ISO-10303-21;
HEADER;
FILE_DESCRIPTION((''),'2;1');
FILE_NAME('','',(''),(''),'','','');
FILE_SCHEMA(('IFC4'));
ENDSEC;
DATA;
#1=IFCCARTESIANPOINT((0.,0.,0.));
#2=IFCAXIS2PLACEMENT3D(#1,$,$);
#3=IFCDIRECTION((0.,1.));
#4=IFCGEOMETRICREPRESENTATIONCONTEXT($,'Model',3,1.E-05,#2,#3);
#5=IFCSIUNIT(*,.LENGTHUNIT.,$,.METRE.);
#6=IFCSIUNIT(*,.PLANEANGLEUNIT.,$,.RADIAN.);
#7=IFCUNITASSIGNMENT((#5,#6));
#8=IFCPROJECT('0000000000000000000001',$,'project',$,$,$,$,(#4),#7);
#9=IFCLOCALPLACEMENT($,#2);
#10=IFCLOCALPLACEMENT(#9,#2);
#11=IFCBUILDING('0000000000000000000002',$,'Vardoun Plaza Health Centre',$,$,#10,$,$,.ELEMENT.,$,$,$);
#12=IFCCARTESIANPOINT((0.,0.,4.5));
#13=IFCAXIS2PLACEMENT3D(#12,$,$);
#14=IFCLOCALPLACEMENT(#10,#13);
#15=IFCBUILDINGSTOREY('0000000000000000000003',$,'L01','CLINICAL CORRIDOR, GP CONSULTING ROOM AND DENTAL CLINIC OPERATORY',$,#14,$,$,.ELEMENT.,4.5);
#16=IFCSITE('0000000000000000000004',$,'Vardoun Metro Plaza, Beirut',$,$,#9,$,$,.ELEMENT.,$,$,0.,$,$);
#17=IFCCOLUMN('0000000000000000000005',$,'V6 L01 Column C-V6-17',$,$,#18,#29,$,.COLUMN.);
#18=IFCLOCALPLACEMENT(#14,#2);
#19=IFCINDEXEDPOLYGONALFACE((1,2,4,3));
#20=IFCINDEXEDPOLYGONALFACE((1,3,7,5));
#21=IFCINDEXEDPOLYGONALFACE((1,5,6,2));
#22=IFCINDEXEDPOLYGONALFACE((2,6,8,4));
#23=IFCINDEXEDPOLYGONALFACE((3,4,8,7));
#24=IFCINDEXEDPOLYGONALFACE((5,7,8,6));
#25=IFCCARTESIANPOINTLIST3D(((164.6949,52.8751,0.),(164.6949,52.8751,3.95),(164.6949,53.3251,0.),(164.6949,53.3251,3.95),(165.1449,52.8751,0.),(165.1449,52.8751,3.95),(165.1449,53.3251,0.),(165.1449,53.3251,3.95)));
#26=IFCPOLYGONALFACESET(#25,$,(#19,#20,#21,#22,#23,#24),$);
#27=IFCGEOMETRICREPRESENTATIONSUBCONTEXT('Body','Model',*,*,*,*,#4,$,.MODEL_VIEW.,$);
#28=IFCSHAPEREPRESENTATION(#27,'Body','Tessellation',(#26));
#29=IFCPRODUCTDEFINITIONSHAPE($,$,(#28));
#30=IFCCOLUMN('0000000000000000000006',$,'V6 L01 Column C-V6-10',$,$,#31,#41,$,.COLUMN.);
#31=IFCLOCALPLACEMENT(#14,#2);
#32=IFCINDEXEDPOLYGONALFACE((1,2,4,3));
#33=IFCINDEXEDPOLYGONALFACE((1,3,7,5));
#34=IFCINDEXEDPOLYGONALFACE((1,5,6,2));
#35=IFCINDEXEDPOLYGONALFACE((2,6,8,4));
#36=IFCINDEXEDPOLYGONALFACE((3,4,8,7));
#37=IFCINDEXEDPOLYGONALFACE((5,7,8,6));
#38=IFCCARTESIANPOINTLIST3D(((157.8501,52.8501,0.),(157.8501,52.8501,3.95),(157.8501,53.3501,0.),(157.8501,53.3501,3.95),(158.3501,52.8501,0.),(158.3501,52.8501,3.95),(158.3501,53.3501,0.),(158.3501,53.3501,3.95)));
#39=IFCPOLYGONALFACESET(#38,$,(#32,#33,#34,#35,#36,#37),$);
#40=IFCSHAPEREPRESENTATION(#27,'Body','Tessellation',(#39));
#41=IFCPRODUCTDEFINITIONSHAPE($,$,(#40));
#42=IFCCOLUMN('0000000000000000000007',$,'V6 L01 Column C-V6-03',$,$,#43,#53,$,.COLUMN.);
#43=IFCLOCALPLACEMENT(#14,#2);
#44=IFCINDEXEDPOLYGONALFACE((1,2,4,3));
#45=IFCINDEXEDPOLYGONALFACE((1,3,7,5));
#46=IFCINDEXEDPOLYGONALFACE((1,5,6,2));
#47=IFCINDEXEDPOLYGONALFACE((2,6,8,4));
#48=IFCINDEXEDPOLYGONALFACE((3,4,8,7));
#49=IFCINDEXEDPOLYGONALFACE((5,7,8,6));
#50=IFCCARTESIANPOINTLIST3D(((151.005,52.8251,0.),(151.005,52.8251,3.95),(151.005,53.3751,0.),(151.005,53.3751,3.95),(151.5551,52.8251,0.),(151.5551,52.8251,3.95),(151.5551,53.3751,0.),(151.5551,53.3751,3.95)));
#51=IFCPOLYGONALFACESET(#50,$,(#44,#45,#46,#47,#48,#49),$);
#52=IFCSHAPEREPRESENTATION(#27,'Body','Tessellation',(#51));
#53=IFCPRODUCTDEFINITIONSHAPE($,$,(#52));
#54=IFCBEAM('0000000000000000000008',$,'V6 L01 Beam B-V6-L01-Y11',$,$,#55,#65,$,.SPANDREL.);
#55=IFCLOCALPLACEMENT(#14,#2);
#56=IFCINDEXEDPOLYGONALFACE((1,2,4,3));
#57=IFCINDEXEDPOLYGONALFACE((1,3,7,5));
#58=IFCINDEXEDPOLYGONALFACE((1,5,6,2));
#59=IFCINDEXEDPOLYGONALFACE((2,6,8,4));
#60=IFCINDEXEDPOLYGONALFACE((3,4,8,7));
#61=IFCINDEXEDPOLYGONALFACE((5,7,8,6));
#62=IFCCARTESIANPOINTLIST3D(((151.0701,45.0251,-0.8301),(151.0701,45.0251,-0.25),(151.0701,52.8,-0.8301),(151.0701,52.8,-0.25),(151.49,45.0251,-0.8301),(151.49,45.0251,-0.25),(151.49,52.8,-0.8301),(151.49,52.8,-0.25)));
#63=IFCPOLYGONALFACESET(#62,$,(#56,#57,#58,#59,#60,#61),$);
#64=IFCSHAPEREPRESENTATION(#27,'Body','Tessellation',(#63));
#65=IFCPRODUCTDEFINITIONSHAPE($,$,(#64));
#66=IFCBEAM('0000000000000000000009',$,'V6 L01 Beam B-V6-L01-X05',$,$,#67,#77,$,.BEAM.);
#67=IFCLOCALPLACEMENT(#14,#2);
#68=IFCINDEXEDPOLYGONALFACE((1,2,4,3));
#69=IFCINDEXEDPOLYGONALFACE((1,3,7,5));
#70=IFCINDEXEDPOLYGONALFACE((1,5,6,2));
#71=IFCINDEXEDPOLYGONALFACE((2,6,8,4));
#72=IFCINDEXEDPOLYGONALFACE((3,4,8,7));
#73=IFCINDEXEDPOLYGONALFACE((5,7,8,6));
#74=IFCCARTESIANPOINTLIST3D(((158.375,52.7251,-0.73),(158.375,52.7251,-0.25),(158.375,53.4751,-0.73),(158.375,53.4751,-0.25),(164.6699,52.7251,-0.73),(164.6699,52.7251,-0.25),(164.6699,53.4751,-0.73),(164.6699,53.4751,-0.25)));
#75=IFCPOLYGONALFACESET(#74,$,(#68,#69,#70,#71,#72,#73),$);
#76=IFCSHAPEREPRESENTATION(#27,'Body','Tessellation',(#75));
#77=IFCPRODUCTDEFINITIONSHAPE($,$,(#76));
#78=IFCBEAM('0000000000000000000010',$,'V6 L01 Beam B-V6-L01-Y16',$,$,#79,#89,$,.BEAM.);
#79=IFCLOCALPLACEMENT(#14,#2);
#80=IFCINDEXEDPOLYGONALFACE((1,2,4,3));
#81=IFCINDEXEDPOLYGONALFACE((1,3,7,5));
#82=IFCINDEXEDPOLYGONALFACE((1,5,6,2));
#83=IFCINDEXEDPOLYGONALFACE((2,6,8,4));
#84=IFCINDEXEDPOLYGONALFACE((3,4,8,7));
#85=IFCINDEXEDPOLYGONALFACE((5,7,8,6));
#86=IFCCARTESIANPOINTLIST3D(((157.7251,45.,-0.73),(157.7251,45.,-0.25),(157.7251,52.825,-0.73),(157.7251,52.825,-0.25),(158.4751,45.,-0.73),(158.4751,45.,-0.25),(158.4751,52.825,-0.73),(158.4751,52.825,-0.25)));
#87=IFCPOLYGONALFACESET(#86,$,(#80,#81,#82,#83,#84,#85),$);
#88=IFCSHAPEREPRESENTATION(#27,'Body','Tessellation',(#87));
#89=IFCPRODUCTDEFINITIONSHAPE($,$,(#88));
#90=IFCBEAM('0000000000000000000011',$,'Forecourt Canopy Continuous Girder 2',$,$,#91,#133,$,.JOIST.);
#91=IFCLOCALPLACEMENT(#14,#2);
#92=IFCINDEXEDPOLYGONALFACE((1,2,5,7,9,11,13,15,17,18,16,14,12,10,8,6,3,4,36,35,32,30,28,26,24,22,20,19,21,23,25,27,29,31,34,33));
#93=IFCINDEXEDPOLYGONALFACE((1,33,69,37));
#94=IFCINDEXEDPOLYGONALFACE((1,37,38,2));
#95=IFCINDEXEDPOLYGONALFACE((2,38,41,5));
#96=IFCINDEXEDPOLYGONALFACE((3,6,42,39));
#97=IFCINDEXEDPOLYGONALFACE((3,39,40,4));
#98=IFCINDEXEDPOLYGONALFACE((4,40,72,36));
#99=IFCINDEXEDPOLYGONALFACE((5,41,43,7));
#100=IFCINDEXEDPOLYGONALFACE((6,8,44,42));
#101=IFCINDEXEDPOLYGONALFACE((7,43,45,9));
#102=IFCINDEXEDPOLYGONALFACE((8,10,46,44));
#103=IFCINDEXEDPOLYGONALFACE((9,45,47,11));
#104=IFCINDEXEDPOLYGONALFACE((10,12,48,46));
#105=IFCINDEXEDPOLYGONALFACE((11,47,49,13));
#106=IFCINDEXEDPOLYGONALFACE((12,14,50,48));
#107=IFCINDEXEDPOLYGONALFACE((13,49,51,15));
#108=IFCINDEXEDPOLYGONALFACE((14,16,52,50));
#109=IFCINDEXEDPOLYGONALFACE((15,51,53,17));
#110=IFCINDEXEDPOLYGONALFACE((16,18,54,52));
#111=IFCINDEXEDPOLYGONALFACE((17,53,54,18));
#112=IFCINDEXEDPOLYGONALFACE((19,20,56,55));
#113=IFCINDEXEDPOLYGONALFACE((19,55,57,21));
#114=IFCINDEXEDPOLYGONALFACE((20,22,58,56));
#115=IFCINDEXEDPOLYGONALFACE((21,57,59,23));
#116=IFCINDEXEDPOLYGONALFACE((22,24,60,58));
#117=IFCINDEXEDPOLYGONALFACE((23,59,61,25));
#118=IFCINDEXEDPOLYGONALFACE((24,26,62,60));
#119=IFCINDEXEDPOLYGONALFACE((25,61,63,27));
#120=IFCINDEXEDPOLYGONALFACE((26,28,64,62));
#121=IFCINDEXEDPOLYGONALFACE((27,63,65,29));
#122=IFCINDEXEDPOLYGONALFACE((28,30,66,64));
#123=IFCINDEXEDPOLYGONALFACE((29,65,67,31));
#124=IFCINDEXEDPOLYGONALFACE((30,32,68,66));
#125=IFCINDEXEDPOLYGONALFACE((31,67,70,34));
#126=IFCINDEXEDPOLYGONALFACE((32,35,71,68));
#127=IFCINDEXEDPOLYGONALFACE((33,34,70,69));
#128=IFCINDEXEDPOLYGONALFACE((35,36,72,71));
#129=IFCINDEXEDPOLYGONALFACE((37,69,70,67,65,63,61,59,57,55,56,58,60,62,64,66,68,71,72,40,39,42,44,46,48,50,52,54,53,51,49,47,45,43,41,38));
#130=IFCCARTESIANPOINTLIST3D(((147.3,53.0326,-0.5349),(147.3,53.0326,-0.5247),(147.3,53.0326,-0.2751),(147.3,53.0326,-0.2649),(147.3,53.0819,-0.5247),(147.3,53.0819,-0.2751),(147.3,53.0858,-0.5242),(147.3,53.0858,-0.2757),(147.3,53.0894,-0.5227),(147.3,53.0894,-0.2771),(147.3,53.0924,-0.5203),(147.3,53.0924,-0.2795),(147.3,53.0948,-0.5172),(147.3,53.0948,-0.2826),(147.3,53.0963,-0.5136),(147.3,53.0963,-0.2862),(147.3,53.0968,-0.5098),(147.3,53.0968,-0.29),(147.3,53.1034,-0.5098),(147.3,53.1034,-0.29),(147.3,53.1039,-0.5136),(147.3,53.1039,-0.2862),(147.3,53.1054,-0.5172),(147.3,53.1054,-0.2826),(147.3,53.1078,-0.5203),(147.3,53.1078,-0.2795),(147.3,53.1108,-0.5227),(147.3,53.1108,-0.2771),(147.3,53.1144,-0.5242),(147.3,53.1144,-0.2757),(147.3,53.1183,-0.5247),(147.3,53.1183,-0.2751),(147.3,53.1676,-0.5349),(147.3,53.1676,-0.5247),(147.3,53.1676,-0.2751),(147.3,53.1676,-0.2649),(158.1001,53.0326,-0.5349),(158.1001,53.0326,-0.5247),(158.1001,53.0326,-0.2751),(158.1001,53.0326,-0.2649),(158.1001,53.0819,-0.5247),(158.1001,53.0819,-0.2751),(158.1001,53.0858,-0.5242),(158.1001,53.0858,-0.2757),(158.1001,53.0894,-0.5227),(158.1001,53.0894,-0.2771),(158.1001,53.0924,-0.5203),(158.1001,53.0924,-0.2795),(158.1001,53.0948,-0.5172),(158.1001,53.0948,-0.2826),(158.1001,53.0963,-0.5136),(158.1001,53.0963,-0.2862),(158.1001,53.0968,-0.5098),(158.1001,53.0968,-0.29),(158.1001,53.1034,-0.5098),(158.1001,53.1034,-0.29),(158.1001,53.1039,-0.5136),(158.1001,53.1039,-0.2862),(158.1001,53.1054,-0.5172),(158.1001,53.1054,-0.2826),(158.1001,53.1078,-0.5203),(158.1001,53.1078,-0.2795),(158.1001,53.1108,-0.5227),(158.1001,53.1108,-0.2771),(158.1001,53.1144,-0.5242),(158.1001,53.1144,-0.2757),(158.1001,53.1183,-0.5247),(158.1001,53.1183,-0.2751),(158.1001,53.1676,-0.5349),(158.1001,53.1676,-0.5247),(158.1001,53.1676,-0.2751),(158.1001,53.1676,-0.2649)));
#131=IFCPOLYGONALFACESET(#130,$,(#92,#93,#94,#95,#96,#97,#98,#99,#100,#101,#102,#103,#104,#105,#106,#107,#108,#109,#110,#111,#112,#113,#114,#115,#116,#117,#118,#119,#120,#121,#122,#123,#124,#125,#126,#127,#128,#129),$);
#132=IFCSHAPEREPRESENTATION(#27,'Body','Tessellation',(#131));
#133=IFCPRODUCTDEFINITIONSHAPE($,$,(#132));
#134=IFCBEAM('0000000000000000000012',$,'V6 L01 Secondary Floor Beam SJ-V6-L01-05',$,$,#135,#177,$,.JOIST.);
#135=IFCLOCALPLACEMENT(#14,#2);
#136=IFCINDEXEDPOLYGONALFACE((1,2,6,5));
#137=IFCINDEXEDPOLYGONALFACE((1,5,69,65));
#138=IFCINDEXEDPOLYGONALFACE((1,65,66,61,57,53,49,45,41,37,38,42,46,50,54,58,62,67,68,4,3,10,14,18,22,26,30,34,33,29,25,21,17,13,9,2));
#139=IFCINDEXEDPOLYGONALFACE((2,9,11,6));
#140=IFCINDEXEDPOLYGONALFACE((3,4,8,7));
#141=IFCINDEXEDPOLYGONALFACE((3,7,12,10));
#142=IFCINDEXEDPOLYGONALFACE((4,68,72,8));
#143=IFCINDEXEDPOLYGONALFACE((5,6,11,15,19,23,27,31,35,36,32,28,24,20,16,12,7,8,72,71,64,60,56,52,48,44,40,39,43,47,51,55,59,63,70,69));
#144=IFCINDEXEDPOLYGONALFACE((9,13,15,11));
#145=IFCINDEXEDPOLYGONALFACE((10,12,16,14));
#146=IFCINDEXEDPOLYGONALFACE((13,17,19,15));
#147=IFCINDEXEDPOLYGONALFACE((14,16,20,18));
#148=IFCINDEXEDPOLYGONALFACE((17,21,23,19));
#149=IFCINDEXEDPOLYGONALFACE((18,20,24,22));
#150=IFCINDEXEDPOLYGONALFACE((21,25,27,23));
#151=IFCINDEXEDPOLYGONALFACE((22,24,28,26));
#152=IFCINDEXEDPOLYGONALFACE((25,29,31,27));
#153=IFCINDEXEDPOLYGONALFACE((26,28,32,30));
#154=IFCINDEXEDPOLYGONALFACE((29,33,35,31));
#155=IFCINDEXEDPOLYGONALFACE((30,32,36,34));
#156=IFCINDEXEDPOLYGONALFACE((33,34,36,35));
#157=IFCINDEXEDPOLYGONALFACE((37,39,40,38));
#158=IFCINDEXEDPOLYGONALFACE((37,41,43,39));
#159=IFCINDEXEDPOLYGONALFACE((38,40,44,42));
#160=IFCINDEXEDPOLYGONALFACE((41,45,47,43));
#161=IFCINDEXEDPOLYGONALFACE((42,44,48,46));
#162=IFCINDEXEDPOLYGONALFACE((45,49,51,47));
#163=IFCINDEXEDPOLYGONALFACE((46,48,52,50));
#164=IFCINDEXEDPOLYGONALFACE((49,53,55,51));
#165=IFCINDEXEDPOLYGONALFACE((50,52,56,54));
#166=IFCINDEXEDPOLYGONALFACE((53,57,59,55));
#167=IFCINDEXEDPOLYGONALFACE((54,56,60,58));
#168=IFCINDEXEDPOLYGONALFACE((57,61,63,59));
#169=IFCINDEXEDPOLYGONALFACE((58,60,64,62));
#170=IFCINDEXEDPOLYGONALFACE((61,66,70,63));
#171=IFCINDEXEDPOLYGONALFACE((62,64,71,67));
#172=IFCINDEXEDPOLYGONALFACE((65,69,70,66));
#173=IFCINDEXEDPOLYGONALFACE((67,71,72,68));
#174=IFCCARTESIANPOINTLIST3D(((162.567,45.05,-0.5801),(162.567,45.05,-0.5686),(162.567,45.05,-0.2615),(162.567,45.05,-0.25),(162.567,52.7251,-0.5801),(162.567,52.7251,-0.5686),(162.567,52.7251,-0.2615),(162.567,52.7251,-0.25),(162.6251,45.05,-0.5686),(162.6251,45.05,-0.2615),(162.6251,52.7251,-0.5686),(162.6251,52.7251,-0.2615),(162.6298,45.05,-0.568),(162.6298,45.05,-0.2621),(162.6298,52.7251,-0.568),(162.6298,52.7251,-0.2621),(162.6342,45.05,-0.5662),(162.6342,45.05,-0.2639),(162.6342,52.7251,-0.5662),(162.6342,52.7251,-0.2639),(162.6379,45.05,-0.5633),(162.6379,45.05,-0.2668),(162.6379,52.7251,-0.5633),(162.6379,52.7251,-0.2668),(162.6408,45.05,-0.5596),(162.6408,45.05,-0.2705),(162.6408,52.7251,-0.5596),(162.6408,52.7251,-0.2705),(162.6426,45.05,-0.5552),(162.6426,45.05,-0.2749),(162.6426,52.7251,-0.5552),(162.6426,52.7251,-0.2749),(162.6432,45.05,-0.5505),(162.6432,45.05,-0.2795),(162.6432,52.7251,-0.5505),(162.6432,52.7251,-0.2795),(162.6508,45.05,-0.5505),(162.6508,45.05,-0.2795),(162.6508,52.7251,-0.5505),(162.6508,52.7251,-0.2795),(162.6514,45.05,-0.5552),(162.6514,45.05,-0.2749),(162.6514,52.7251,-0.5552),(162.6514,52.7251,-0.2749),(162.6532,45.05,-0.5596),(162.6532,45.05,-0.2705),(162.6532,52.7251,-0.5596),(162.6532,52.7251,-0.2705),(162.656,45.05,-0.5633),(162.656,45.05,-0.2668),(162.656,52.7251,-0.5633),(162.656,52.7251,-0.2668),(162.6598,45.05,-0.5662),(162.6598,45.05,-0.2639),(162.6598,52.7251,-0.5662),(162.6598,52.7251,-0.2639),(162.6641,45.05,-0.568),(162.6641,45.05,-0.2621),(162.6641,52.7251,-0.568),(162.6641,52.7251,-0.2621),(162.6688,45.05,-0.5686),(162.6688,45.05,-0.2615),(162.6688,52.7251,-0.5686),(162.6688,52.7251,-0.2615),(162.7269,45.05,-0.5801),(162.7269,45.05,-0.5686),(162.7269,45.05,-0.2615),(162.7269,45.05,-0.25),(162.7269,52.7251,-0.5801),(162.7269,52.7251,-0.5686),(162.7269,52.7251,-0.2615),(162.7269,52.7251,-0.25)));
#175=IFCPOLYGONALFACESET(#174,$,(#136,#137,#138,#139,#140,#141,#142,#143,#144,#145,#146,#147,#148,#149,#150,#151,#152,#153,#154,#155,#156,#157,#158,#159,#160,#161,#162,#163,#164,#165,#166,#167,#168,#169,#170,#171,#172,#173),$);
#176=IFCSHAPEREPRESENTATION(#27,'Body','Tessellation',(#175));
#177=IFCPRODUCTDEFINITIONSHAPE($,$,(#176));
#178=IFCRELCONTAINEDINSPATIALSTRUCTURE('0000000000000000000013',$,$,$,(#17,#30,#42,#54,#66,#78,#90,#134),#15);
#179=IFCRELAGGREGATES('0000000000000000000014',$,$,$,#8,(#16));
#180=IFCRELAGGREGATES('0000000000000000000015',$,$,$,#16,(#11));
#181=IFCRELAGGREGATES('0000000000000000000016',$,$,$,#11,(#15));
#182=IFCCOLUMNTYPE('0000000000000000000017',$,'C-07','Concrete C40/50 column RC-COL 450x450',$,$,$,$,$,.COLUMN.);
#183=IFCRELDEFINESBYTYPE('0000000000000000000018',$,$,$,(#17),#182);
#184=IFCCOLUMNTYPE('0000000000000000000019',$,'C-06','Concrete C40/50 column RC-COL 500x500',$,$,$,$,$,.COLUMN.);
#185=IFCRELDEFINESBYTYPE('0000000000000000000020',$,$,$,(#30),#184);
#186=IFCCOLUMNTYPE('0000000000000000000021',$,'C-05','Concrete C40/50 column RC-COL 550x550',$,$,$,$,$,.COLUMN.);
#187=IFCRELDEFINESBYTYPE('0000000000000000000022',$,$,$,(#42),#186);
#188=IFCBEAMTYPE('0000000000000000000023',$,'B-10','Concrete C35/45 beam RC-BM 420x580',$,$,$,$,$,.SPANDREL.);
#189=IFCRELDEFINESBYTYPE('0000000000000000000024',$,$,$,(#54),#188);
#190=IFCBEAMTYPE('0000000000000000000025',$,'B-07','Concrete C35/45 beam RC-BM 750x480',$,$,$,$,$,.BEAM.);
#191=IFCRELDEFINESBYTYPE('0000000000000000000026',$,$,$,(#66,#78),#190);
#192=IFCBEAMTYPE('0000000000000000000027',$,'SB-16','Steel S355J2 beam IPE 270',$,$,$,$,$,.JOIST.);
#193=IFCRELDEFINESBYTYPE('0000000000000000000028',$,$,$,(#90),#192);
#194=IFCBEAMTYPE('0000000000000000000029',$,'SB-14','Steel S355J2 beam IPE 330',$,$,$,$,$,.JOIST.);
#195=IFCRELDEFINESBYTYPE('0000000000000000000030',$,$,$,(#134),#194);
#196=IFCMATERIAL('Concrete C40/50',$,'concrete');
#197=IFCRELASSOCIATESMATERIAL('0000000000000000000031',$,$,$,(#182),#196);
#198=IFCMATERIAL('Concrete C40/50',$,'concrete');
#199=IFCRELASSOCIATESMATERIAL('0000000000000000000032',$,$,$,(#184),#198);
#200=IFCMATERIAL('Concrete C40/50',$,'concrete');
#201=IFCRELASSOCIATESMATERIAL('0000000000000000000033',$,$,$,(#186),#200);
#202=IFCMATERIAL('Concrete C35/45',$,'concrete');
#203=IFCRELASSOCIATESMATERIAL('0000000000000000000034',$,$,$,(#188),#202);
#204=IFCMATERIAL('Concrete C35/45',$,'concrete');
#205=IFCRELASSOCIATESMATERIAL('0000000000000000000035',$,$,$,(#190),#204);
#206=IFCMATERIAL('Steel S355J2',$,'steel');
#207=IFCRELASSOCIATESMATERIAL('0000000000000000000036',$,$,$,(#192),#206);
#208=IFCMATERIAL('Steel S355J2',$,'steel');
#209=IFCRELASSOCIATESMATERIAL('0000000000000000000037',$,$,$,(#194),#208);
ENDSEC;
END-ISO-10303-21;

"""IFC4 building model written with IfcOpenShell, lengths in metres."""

from ifc_helpers import new_model, si_unit, direction, frame, origin, origin_2d, place, context, subcontext, project, spatial, rectangle, i_section, extrude, material, material_profile, profile_set, type_object, element, save


model = new_model("IFC4")

# Units and contexts
model_context = context("Model", 3, precision=1e-05, world=origin(), true_north=direction((0.0, 1.0)))
body_context = subcontext(model_context, "Body", "Model", "MODEL_VIEW")
ifc_project = project(units=[si_unit("LENGTHUNIT", "METRE"), si_unit("PLANEANGLEUNIT", "RADIAN")], contexts=[model_context])

# Site, building, storey
site_placement = place(None, origin())
site = spatial("IfcSite", under=ifc_project, at=site_placement, Name="Vardoun Metro Plaza, Beirut", CompositionType="ELEMENT", RefElevation=0.0)
building_placement = place(site_placement, origin())
building = spatial("IfcBuilding", under=site, at=building_placement, Name="Vardoun Plaza Health Centre", CompositionType="ELEMENT")
storey_placement = place(building_placement, frame((0.0, 0.0, 4.5)))
storey = spatial("IfcBuildingStorey", under=building, at=storey_placement, Name="L01", Description="CLINICAL CORRIDOR, GP CONSULTING ROOM AND DENTAL CLINIC OPERATORY", CompositionType="ELEMENT", Elevation=4.5)

# Columns
ifc_material_1 = material(Name="Concrete C40/50", Category="concrete")
ifc_material_profile_1 = material_profile(ifc_material_1, rectangle(XDim=0.45, YDim=0.45, at=origin_2d()), Name="RC-COL 450x450")
ifc_profile_set_1 = profile_set([ifc_material_profile_1], Name="Concrete C40/50")
column_type_1 = type_object("IfcColumnType", Name="C-07", Description="Concrete C40/50 column RC-COL 450x450", PredefinedType="COLUMN", material=ifc_profile_set_1)
column_1_placement = place(storey_placement, frame((164.9199, 53.1001, 0.0), z_axis=(0.0, 0.0, 1.0), x_axis=(1.0, 0.0, 0.0)))
element("IfcColumn", 1, at=column_1_placement, inside=storey, type_object=column_type_1, Name="V6 L01 Column C-V6-17", PredefinedType="COLUMN", context=body_context, shape_type="SweptSolid", body=[
    extrude(rectangle(XDim=0.45, YDim=0.45, at=origin_2d()), origin(), (0.0, 0.0, 1.0), 3.95),
])
ifc_material_2 = material(Name="Concrete C40/50", Category="concrete")
ifc_material_profile_2 = material_profile(ifc_material_2, rectangle(XDim=0.5, YDim=0.5, at=origin_2d()), Name="RC-COL 500x500")
ifc_profile_set_2 = profile_set([ifc_material_profile_2], Name="Concrete C40/50")
column_type_2 = type_object("IfcColumnType", Name="C-06", Description="Concrete C40/50 column RC-COL 500x500", PredefinedType="COLUMN", material=ifc_profile_set_2)
column_2_placement = place(storey_placement, frame((158.1001, 53.1001, 0.0), z_axis=(0.0, 0.0, 1.0), x_axis=(1.0, 0.0, 0.0)))
element("IfcColumn", 2, at=column_2_placement, inside=storey, type_object=column_type_2, Name="V6 L01 Column C-V6-10", PredefinedType="COLUMN", context=body_context, shape_type="SweptSolid", body=[
    extrude(rectangle(XDim=0.5, YDim=0.5, at=origin_2d()), origin(), (0.0, 0.0, 1.0), 3.95),
])
ifc_material_3 = material(Name="Concrete C40/50", Category="concrete")
ifc_material_profile_3 = material_profile(ifc_material_3, rectangle(XDim=0.55, YDim=0.55, at=origin_2d()), Name="RC-COL 550x550")
ifc_profile_set_3 = profile_set([ifc_material_profile_3], Name="Concrete C40/50")
column_type_3 = type_object("IfcColumnType", Name="C-05", Description="Concrete C40/50 column RC-COL 550x550", PredefinedType="COLUMN", material=ifc_profile_set_3)
column_3_placement = place(storey_placement, frame((151.28, 53.1001, 0.0), z_axis=(0.0, 0.0, 1.0), x_axis=(1.0, 0.0, 0.0)))
element("IfcColumn", 3, at=column_3_placement, inside=storey, type_object=column_type_3, Name="V6 L01 Column C-V6-03", PredefinedType="COLUMN", context=body_context, shape_type="SweptSolid", body=[
    extrude(rectangle(XDim=0.55, YDim=0.55, at=origin_2d()), origin(), (0.0, 0.0, 1.0), 3.95),
])

# Beams
ifc_material_4 = material(Name="Concrete C35/45", Category="concrete")
ifc_material_profile_4 = material_profile(ifc_material_4, rectangle(XDim=0.4199, YDim=0.5801, at=origin_2d()), Name="RC-BM 420x580")
ifc_profile_set_4 = profile_set([ifc_material_profile_4], Name="Concrete C35/45")
beam_type_1 = type_object("IfcBeamType", Name="B-10", Description="Concrete C35/45 beam RC-BM 420x580", PredefinedType="SPANDREL", material=ifc_profile_set_4)
beam_1_placement = place(storey_placement, frame((151.28, 45.0251, -0.54), z_axis=(0.0, 1.0, 0.0), x_axis=(-1.0, 0.0, 0.0)))
element("IfcBeam", 4, at=beam_1_placement, inside=storey, type_object=beam_type_1, Name="V6 L01 Beam B-V6-L01-Y11", PredefinedType="SPANDREL", context=body_context, shape_type="SweptSolid", body=[
    extrude(rectangle(XDim=0.4199, YDim=0.5801, at=origin_2d()), origin(), (0.0, 0.0, 1.0), 7.7749),
])
ifc_material_5 = material(Name="Concrete C35/45", Category="concrete")
ifc_material_profile_5 = material_profile(ifc_material_5, rectangle(XDim=0.75, YDim=0.48, at=origin_2d()), Name="RC-BM 750x480")
ifc_profile_set_5 = profile_set([ifc_material_profile_5], Name="Concrete C35/45")
beam_type_2 = type_object("IfcBeamType", Name="B-07", Description="Concrete C35/45 beam RC-BM 750x480", PredefinedType="BEAM", material=ifc_profile_set_5)
beam_2_placement = place(storey_placement, frame((158.375, 53.1001, -0.49), z_axis=(1.0, 0.0, 0.0), x_axis=(0.0, 1.0, 0.0)))
element("IfcBeam", 5, at=beam_2_placement, inside=storey, type_object=beam_type_2, Name="V6 L01 Beam B-V6-L01-X05", PredefinedType="BEAM", context=body_context, shape_type="SweptSolid", body=[
    extrude(rectangle(XDim=0.75, YDim=0.48, at=origin_2d()), origin(), (0.0, 0.0, 1.0), 6.2949),
])
beam_3_placement = place(storey_placement, frame((158.1001, 45.0, -0.49), z_axis=(0.0, 1.0, 0.0), x_axis=(-1.0, 0.0, 0.0)))
element("IfcBeam", 6, at=beam_3_placement, inside=storey, type_object=beam_type_2, Name="V6 L01 Beam B-V6-L01-Y16", PredefinedType="BEAM", context=body_context, shape_type="SweptSolid", body=[
    extrude(rectangle(XDim=0.75, YDim=0.48, at=origin_2d()), origin(), (0.0, 0.0, 1.0), 7.825),
])
ifc_material_6 = material(Name="Steel S355J2", Category="steel")
ifc_material_profile_6 = material_profile(ifc_material_6, i_section(OverallWidth=0.135, OverallDepth=0.27, WebThickness=0.0066, FlangeThickness=0.0103, FilletRadius=0.0149, at=origin_2d()), Name="IPE 270")
ifc_profile_set_6 = profile_set([ifc_material_profile_6], Name="Steel S355J2")
beam_type_3 = type_object("IfcBeamType", Name="SB-16", Description="Steel S355J2 beam IPE 270", PredefinedType="JOIST", material=ifc_profile_set_6)
beam_4_placement = place(storey_placement, frame((158.1001, 53.1001, -0.3999), z_axis=(-1.0, 0.0, 0.0), x_axis=(0.0, -1.0, 0.0)))
element("IfcBeam", 7, at=beam_4_placement, inside=storey, type_object=beam_type_3, Name="Forecourt Canopy Continuous Girder 2", PredefinedType="JOIST", context=body_context, shape_type="SweptSolid", body=[
    extrude(i_section(OverallWidth=0.135, OverallDepth=0.27, WebThickness=0.0066, FlangeThickness=0.0103, FilletRadius=0.0149, at=origin_2d()), origin(), (0.0, 0.0, 1.0), 10.8),
])
ifc_material_7 = material(Name="Steel S355J2", Category="steel")
ifc_material_profile_7 = material_profile(ifc_material_7, i_section(OverallWidth=0.1599, OverallDepth=0.3301, WebThickness=0.0076, FlangeThickness=0.0115, FilletRadius=0.0181, at=origin_2d()), Name="IPE 330")
ifc_profile_set_7 = profile_set([ifc_material_profile_7], Name="Steel S355J2")
beam_type_4 = type_object("IfcBeamType", Name="SB-14", Description="Steel S355J2 beam IPE 330", PredefinedType="JOIST", material=ifc_profile_set_7)
beam_5_placement = place(storey_placement, frame((162.647, 45.05, -0.415), z_axis=(0.0, 1.0, 0.0), x_axis=(-1.0, 0.0, 0.0)))
element("IfcBeam", 8, at=beam_5_placement, inside=storey, type_object=beam_type_4, Name="V6 L01 Secondary Floor Beam SJ-V6-L01-05", PredefinedType="JOIST", context=body_context, shape_type="SweptSolid", body=[
    extrude(i_section(OverallWidth=0.1599, OverallDepth=0.3301, WebThickness=0.0076, FlangeThickness=0.0115, FilletRadius=0.0181, at=origin_2d()), origin(), (0.0, 0.0, 1.0), 7.675),
])

save(model, "model.ifc")
